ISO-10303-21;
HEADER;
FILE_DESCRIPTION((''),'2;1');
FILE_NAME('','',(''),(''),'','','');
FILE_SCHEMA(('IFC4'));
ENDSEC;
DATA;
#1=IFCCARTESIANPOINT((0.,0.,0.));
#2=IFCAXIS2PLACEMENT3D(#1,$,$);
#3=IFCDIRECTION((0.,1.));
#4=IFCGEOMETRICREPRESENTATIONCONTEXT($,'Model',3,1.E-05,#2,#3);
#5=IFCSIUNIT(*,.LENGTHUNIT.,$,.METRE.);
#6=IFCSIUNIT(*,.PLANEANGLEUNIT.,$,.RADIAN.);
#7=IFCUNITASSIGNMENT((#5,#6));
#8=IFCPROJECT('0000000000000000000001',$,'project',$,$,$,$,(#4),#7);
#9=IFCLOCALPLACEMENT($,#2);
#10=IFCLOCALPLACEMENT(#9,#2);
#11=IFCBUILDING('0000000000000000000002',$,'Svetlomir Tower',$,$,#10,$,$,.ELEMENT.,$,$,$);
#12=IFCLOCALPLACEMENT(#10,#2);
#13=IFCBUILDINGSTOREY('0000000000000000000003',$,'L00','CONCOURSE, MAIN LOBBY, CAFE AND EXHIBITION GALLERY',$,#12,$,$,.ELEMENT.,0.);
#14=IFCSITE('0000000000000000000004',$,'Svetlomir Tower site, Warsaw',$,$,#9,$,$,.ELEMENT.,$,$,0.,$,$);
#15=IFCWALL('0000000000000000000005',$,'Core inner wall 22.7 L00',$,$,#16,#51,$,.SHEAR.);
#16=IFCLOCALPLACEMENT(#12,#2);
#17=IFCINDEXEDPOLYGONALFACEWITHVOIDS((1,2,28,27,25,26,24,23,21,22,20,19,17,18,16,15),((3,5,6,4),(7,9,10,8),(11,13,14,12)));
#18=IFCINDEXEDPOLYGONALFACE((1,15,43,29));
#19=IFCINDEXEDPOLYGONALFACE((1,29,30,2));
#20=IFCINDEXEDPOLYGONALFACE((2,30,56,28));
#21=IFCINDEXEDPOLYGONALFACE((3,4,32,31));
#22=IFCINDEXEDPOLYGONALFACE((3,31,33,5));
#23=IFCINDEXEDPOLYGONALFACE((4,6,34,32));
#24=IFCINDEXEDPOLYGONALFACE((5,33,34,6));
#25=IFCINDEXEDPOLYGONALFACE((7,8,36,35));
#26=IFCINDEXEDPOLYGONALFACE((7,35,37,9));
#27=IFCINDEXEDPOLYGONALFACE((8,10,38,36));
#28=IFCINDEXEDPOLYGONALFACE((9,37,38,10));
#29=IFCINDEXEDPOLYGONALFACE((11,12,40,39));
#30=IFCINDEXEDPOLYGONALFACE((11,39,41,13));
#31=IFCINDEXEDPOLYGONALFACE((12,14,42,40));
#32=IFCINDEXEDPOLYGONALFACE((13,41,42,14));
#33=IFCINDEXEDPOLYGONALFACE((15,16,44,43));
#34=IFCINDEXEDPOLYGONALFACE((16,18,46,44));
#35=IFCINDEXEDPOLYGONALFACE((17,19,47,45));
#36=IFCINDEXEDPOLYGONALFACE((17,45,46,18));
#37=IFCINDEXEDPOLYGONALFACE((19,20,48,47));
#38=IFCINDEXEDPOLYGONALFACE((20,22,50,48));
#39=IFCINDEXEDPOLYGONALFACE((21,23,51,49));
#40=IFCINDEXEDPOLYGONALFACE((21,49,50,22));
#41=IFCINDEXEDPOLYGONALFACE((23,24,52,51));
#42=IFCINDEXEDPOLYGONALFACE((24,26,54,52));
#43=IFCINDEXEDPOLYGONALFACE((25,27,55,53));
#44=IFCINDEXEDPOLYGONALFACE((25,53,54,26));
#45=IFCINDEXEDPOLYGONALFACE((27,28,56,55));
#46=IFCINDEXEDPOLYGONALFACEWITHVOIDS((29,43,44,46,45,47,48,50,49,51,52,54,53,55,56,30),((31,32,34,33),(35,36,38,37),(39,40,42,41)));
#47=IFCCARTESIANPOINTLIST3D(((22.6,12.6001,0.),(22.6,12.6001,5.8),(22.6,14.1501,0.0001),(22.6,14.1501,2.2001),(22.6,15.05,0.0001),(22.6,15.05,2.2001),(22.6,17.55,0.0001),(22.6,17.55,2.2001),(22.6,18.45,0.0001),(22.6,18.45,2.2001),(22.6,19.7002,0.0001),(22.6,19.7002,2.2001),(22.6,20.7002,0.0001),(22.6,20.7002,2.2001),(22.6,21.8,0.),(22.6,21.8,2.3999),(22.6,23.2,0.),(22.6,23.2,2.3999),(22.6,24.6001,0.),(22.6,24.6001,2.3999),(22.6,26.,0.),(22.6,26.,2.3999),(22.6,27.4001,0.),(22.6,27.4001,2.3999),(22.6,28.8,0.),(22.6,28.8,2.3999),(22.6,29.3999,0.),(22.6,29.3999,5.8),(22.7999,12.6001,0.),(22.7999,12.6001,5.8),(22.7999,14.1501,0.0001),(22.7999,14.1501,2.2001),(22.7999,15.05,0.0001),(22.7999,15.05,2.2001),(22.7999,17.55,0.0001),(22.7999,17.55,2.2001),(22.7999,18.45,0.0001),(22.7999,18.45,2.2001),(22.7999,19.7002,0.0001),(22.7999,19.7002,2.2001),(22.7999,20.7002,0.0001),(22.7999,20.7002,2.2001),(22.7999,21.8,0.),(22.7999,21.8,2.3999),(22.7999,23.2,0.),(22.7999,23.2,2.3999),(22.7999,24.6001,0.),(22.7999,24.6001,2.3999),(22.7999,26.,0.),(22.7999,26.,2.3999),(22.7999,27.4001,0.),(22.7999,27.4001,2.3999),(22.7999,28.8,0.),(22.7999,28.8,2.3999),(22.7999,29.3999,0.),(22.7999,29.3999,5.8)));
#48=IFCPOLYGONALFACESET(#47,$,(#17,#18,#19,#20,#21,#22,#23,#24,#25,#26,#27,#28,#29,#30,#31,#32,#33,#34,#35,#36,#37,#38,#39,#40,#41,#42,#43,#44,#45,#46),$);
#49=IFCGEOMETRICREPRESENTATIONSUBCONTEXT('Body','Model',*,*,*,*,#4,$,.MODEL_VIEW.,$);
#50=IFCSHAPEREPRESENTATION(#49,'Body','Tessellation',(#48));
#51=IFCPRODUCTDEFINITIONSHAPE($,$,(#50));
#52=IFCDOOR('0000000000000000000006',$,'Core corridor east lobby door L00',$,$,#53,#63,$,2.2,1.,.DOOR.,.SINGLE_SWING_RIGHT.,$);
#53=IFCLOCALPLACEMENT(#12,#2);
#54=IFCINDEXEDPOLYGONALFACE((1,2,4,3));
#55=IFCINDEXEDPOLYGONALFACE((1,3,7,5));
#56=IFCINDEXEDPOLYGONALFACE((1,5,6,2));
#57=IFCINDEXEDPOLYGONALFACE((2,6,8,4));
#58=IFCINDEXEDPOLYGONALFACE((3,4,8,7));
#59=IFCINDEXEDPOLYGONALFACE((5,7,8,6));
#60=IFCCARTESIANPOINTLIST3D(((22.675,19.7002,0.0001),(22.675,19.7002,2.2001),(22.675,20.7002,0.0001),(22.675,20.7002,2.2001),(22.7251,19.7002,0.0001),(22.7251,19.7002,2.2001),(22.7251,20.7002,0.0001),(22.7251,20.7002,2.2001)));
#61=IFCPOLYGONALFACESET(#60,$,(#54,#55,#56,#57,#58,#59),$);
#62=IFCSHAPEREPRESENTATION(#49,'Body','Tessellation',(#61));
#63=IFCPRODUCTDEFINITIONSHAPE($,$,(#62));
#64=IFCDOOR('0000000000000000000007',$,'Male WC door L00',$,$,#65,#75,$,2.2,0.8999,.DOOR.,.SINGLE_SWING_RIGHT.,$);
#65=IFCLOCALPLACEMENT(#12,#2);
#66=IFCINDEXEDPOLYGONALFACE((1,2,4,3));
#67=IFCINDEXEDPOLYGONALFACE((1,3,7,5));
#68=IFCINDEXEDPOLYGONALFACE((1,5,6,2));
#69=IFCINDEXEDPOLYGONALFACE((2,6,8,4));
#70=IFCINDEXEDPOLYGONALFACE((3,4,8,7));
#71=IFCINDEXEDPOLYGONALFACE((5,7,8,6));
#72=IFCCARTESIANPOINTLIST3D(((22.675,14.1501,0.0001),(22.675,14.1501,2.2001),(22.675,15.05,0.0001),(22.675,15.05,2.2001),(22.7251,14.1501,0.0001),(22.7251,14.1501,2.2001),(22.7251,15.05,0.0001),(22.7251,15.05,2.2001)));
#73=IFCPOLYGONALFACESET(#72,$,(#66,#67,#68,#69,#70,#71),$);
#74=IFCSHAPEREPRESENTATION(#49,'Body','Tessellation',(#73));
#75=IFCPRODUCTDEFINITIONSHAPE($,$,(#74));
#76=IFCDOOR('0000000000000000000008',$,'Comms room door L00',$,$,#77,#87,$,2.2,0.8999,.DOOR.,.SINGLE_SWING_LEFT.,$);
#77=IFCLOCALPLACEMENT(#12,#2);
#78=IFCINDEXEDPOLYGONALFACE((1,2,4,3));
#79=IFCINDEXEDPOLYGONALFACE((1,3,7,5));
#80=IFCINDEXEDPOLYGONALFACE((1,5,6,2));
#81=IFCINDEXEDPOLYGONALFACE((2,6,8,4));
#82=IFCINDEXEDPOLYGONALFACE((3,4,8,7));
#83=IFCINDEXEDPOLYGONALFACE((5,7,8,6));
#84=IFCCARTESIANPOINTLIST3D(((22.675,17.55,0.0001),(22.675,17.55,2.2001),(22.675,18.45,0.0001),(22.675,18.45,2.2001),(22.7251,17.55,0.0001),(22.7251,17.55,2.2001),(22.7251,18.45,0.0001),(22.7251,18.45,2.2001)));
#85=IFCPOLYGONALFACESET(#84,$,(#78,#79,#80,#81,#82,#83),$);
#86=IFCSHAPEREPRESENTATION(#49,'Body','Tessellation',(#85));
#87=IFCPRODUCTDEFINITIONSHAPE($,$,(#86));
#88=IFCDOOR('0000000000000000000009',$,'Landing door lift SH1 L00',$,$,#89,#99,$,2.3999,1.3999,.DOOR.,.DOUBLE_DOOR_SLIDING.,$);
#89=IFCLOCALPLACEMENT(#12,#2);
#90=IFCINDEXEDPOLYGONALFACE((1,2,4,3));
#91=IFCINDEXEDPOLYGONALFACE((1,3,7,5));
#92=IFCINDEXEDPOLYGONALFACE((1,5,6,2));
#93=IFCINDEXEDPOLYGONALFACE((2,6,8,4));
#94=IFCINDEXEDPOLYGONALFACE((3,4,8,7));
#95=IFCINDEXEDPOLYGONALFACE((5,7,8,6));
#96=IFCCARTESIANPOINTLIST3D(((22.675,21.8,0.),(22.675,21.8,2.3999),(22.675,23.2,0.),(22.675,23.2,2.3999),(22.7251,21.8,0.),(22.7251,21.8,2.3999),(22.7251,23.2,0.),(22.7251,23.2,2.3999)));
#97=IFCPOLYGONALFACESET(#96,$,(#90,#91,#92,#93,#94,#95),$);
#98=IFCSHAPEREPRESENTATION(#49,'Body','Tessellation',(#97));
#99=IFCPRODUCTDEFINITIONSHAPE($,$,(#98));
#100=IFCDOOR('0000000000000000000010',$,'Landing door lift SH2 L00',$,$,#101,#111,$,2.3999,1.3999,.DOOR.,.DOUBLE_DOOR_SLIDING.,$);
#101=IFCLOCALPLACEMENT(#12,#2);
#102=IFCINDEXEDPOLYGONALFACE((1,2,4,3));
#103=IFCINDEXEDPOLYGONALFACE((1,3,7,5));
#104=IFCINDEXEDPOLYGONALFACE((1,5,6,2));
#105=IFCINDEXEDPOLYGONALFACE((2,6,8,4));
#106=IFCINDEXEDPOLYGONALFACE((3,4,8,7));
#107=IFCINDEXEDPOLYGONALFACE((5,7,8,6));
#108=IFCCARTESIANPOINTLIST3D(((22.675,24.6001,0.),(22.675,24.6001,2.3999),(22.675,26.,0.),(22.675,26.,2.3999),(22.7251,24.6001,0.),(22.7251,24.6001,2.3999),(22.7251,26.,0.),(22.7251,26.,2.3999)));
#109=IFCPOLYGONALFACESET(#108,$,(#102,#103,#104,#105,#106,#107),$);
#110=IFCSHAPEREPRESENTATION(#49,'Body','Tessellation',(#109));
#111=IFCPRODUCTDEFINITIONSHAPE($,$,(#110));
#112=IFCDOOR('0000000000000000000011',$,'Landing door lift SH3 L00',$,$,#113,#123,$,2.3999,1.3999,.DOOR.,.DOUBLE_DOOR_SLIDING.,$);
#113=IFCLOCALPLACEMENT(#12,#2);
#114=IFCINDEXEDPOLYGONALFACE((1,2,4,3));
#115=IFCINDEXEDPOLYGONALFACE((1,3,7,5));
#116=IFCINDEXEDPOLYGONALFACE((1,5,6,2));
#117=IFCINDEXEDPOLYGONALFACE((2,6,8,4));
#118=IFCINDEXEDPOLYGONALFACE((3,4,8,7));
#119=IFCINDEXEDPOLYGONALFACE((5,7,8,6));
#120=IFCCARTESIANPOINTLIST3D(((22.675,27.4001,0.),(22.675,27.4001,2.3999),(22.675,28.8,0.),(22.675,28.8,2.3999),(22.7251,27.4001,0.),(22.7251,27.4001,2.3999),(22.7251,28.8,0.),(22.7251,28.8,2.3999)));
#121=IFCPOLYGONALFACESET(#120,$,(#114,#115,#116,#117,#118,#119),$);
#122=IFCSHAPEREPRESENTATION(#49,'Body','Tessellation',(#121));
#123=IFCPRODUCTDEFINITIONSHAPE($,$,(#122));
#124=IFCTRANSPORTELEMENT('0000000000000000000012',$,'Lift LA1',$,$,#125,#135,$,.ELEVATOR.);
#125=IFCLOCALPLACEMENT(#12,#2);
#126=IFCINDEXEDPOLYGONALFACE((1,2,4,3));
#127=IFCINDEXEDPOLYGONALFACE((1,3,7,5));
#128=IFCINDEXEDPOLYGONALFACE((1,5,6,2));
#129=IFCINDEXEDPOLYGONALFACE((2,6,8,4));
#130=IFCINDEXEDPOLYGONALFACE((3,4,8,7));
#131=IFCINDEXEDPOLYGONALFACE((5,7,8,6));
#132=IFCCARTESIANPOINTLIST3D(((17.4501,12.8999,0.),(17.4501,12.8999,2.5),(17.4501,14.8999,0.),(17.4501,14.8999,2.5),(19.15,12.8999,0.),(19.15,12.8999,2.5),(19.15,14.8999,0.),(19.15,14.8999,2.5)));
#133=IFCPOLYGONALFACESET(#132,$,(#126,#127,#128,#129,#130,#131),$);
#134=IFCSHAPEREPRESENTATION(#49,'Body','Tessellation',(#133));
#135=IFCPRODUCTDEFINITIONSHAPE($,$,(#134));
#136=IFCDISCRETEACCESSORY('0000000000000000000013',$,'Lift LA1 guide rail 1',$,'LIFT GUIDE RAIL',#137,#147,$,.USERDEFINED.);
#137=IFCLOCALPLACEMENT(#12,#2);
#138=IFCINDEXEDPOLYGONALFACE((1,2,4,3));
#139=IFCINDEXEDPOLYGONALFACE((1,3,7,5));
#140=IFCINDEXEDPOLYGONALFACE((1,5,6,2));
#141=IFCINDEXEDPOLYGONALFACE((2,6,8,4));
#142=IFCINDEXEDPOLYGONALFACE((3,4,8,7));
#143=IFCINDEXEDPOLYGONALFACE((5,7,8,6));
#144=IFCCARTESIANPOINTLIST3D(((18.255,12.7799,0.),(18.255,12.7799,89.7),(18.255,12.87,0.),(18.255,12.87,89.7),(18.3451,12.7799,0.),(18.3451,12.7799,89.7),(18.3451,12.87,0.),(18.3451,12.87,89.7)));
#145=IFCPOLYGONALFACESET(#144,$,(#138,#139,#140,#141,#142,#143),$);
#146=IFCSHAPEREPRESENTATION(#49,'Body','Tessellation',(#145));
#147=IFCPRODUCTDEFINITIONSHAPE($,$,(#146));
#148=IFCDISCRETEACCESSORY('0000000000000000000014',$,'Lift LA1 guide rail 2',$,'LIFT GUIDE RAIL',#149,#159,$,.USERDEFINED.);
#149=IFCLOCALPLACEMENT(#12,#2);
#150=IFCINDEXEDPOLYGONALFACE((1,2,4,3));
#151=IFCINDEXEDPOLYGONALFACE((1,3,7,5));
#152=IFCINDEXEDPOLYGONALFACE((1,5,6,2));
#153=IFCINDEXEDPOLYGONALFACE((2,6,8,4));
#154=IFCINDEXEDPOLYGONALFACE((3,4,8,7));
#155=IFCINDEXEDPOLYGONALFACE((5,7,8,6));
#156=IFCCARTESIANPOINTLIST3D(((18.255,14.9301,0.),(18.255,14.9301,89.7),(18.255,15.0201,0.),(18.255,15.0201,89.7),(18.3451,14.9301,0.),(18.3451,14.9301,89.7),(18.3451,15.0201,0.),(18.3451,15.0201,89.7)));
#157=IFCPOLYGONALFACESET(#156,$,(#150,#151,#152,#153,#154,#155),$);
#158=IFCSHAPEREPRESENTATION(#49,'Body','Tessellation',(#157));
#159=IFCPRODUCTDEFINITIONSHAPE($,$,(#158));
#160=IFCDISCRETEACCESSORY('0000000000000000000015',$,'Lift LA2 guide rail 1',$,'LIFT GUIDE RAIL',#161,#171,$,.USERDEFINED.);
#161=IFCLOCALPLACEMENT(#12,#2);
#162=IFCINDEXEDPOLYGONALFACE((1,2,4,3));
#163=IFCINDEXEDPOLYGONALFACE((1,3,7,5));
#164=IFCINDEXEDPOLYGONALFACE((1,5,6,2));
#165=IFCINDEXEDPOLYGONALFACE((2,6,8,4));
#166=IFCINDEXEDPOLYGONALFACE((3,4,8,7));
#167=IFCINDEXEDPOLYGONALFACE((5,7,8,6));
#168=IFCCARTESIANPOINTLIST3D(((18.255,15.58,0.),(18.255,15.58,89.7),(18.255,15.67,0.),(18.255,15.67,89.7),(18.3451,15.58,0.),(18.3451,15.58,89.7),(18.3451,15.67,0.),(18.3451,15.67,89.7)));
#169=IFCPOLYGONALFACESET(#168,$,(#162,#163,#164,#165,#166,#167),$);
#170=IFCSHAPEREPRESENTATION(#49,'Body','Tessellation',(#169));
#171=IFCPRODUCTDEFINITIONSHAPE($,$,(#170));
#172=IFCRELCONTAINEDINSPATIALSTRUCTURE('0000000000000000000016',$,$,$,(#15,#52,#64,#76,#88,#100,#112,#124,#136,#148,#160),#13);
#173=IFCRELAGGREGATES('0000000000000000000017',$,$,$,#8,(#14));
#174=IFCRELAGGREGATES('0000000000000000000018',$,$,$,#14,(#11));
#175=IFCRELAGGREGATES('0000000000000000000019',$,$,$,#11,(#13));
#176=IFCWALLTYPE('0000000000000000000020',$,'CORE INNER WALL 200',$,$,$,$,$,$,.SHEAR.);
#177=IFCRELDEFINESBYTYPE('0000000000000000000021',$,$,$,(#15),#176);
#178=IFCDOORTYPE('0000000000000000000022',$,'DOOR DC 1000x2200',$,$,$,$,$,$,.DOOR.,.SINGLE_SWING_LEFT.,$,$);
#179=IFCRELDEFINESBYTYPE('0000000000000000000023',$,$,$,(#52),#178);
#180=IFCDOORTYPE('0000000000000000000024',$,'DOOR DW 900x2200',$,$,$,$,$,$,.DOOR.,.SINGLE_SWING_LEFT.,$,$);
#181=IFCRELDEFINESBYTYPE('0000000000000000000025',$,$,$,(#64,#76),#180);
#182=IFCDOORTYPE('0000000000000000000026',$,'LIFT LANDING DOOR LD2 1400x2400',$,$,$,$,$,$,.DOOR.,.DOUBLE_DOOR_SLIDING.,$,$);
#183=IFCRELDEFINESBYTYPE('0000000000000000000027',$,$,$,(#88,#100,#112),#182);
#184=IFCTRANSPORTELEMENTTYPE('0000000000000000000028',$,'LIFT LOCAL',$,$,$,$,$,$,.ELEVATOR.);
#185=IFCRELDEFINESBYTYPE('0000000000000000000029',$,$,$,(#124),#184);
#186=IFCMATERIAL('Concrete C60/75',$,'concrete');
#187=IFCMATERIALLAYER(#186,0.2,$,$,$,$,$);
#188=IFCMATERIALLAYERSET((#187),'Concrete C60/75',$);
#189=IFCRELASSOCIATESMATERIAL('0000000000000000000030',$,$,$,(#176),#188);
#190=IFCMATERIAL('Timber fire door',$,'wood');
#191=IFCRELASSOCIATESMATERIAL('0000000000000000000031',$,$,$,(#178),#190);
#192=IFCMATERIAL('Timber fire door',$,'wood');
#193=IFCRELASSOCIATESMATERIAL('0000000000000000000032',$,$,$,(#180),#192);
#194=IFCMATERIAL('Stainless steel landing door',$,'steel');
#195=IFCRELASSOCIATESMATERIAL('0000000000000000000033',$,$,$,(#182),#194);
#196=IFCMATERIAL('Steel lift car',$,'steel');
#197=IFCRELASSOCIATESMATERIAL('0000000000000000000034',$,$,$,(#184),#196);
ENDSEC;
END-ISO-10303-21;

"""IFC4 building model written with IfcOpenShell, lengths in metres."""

from ifc_helpers import new_model, si_unit, direction, frame, frame_2d, origin, origin_2d, place, context, subcontext, project, spatial, rectangle, extrude, material, layer, layer_set, type_object, element, fill, save


model = new_model("IFC4")

# Units and contexts
model_context = context("Model", 3, precision=1e-05, world=origin(), true_north=direction((0.0, 1.0)))
body_context = subcontext(model_context, "Body", "Model", "MODEL_VIEW")
ifc_project = project(units=[si_unit("LENGTHUNIT", "METRE"), si_unit("PLANEANGLEUNIT", "RADIAN")], contexts=[model_context])

# Site, building, storey
site_placement = place(None, origin())
site = spatial("IfcSite", under=ifc_project, at=site_placement, Name="Svetlomir Tower site, Warsaw", CompositionType="ELEMENT", RefElevation=0.0)
building_placement = place(site_placement, origin())
building = spatial("IfcBuilding", under=site, at=building_placement, Name="Svetlomir Tower", CompositionType="ELEMENT")
storey_placement = place(building_placement, origin())
storey = spatial("IfcBuildingStorey", under=building, at=storey_placement, Name="L00", Description="CONCOURSE, MAIN LOBBY, CAFE AND EXHIBITION GALLERY", CompositionType="ELEMENT", Elevation=0.0)

# Wall, openings, doors
ifc_material_1 = material(Name="Concrete C60/75", Category="concrete")
ifc_layer = layer(ifc_material_1, 0.2)
ifc_layer_set = layer_set([ifc_layer], Name="Concrete C60/75")
wall_type = type_object("IfcWallType", Name="CORE INNER WALL 200", PredefinedType="SHEAR", material=ifc_layer_set)
ifc_material_2 = material(Name="Timber fire door", Category="wood")
door_type_1 = type_object("IfcDoorType", Name="DOOR DC 1000x2200", OperationType="SINGLE_SWING_LEFT", PredefinedType="DOOR", material=ifc_material_2)
ifc_material_3 = material(Name="Timber fire door", Category="wood")
door_type_2 = type_object("IfcDoorType", Name="DOOR DW 900x2200", OperationType="SINGLE_SWING_LEFT", PredefinedType="DOOR", material=ifc_material_3)
wall_1_placement = place(storey_placement, frame((22.7, 12.6001, 0.0), z_axis=(0.0, 0.0, 1.0), x_axis=(0.0, 1.0, 0.0)))
wall_1 = element("IfcWall", 1, at=wall_1_placement, inside=storey, type_object=wall_type, Name="Core inner wall 22.7 L00", PredefinedType="SHEAR", context=body_context, shape_type="SweptSolid", body=[
    extrude(rectangle(XDim=16.7998, YDim=0.2, at=frame_2d((8.3999, 0.0))), origin(), (0.0, 0.0, 1.0), 5.8),
])
opening_1_placement = place(wall_1_placement, frame((7.1001, 0.0, 0.0)))
opening_1 = element("IfcOpeningElement", 2, at=opening_1_placement, cuts=wall_1, PredefinedType="OPENING", context=body_context, shape_type="SweptSolid", body=[
    extrude(rectangle(XDim=1.0, YDim=2.2, at=frame_2d((0.5, 1.1001))), frame((0.0, 0.1099, 0.0), z_axis=(0.0, -1.0, 0.0), x_axis=(1.0, 0.0, 0.0)), (0.0, 0.0, 1.0), 0.22),
])
opening_2_placement = place(wall_1_placement, frame((1.55, 0.0, 0.0)))
opening_2 = element("IfcOpeningElement", 3, at=opening_2_placement, cuts=wall_1, PredefinedType="OPENING", context=body_context, shape_type="SweptSolid", body=[
    extrude(rectangle(XDim=0.8999, YDim=2.2, at=frame_2d((0.45, 1.1001))), frame((0.0, 0.1099, 0.0), z_axis=(0.0, -1.0, 0.0), x_axis=(1.0, 0.0, 0.0)), (0.0, 0.0, 1.0), 0.22),
])
opening_3_placement = place(wall_1_placement, frame((4.95, 0.0, 0.0)))
opening_3 = element("IfcOpeningElement", 4, at=opening_3_placement, cuts=wall_1, PredefinedType="OPENING", context=body_context, shape_type="SweptSolid", body=[
    extrude(rectangle(XDim=0.8999, YDim=2.2, at=frame_2d((0.45, 1.1001))), frame((0.0, 0.1099, 0.0), z_axis=(0.0, -1.0, 0.0), x_axis=(1.0, 0.0, 0.0)), (0.0, 0.0, 1.0), 0.22),
])
opening_4_placement = place(wall_1_placement, frame((9.2, 0.0, 0.0)))
opening_4 = element("IfcOpeningElement", 5, at=opening_4_placement, cuts=wall_1, PredefinedType="OPENING", context=body_context, shape_type="SweptSolid", body=[
    extrude(rectangle(XDim=1.3999, YDim=2.3999, at=frame_2d((0.7, 1.2))), frame((0.0, 0.1099, 0.0), z_axis=(0.0, -1.0, 0.0), x_axis=(1.0, 0.0, 0.0)), (0.0, 0.0, 1.0), 0.22),
])
opening_5_placement = place(wall_1_placement, frame((12.0, 0.0, 0.0)))
opening_5 = element("IfcOpeningElement", 6, at=opening_5_placement, cuts=wall_1, PredefinedType="OPENING", context=body_context, shape_type="SweptSolid", body=[
    extrude(rectangle(XDim=1.3999, YDim=2.3999, at=frame_2d((0.7, 1.2))), frame((0.0, 0.1099, 0.0), z_axis=(0.0, -1.0, 0.0), x_axis=(1.0, 0.0, 0.0)), (0.0, 0.0, 1.0), 0.22),
])
opening_6_placement = place(wall_1_placement, frame((14.8, 0.0, 0.0)))
opening_6 = element("IfcOpeningElement", 7, at=opening_6_placement, cuts=wall_1, PredefinedType="OPENING", context=body_context, shape_type="SweptSolid", body=[
    extrude(rectangle(XDim=1.3999, YDim=2.3999, at=frame_2d((0.7, 1.2))), frame((0.0, 0.1099, 0.0), z_axis=(0.0, -1.0, 0.0), x_axis=(1.0, 0.0, 0.0)), (0.0, 0.0, 1.0), 0.22),
])
door_1_placement = place(opening_1_placement, origin())
door_1 = element("IfcDoor", 8, at=door_1_placement, inside=storey, type_object=door_type_1, Name="Core corridor east lobby door L00", OperationType="SINGLE_SWING_RIGHT", OverallHeight=2.2, OverallWidth=1.0, PredefinedType="DOOR", context=body_context, shape_type="SweptSolid", body=[
    extrude(rectangle(XDim=1.0, YDim=2.2, at=frame_2d((0.5, 1.1001))), frame((0.0, 0.0249, 0.0), z_axis=(0.0, -1.0, 0.0), x_axis=(1.0, 0.0, 0.0)), (0.0, 0.0, 1.0), 0.05),
])
fill(opening_1, door_1)
door_2_placement = place(opening_2_placement, origin())
door_2 = element("IfcDoor", 9, at=door_2_placement, inside=storey, type_object=door_type_2, Name="Male WC door L00", OperationType="SINGLE_SWING_RIGHT", OverallHeight=2.2, OverallWidth=0.8999, PredefinedType="DOOR", context=body_context, shape_type="SweptSolid", body=[
    extrude(rectangle(XDim=0.8999, YDim=2.2, at=frame_2d((0.45, 1.1001))), frame((0.0, 0.0249, 0.0), z_axis=(0.0, -1.0, 0.0), x_axis=(1.0, 0.0, 0.0)), (0.0, 0.0, 1.0), 0.05),
])
fill(opening_2, door_2)
door_3_placement = place(opening_3_placement, origin())
door_3 = element("IfcDoor", 10, at=door_3_placement, inside=storey, type_object=door_type_2, Name="Comms room door L00", OperationType="SINGLE_SWING_LEFT", OverallHeight=2.2, OverallWidth=0.8999, PredefinedType="DOOR", context=body_context, shape_type="SweptSolid", body=[
    extrude(rectangle(XDim=0.8999, YDim=2.2, at=frame_2d((0.45, 1.1001))), frame((0.0, 0.0249, 0.0), z_axis=(0.0, -1.0, 0.0), x_axis=(1.0, 0.0, 0.0)), (0.0, 0.0, 1.0), 0.05),
])
fill(opening_3, door_3)
ifc_material_4 = material(Name="Stainless steel landing door", Category="steel")
door_type_3 = type_object("IfcDoorType", Name="LIFT LANDING DOOR LD2 1400x2400", OperationType="DOUBLE_DOOR_SLIDING", PredefinedType="DOOR", material=ifc_material_4)
door_4_placement = place(opening_4_placement, origin())
door_4 = element("IfcDoor", 11, at=door_4_placement, inside=storey, type_object=door_type_3, Name="Landing door lift SH1 L00", OperationType="DOUBLE_DOOR_SLIDING", OverallHeight=2.3999, OverallWidth=1.3999, PredefinedType="DOOR", context=body_context, shape_type="SweptSolid", body=[
    extrude(rectangle(XDim=1.3999, YDim=2.3999, at=frame_2d((0.7, 1.2))), frame((0.0, 0.0249, 0.0), z_axis=(0.0, -1.0, 0.0), x_axis=(1.0, 0.0, 0.0)), (0.0, 0.0, 1.0), 0.05),
])
fill(opening_4, door_4)
door_5_placement = place(opening_5_placement, origin())
door_5 = element("IfcDoor", 12, at=door_5_placement, inside=storey, type_object=door_type_3, Name="Landing door lift SH2 L00", OperationType="DOUBLE_DOOR_SLIDING", OverallHeight=2.3999, OverallWidth=1.3999, PredefinedType="DOOR", context=body_context, shape_type="SweptSolid", body=[
    extrude(rectangle(XDim=1.3999, YDim=2.3999, at=frame_2d((0.7, 1.2))), frame((0.0, 0.0249, 0.0), z_axis=(0.0, -1.0, 0.0), x_axis=(1.0, 0.0, 0.0)), (0.0, 0.0, 1.0), 0.05),
])
fill(opening_5, door_5)
door_6_placement = place(opening_6_placement, origin())
door_6 = element("IfcDoor", 13, at=door_6_placement, inside=storey, type_object=door_type_3, Name="Landing door lift SH3 L00", OperationType="DOUBLE_DOOR_SLIDING", OverallHeight=2.3999, OverallWidth=1.3999, PredefinedType="DOOR", context=body_context, shape_type="SweptSolid", body=[
    extrude(rectangle(XDim=1.3999, YDim=2.3999, at=frame_2d((0.7, 1.2))), frame((0.0, 0.0249, 0.0), z_axis=(0.0, -1.0, 0.0), x_axis=(1.0, 0.0, 0.0)), (0.0, 0.0, 1.0), 0.05),
])
fill(opening_6, door_6)

# Transport element
ifc_material_5 = material(Name="Steel lift car", Category="steel")
transport_element_type = type_object("IfcTransportElementType", Name="LIFT LOCAL", PredefinedType="ELEVATOR", material=ifc_material_5)
transport_element_placement = place(storey_placement, frame((18.3, 13.8999, 0.0), z_axis=(0.0, 0.0, 1.0), x_axis=(1.0, 0.0, 0.0)))
element("IfcTransportElement", 14, at=transport_element_placement, inside=storey, type_object=transport_element_type, Name="Lift LA1", PredefinedType="ELEVATOR", context=body_context, shape_type="SweptSolid", body=[
    extrude(rectangle(XDim=1.7, YDim=2.0, at=origin_2d()), origin(), (0.0, 0.0, 1.0), 2.5),
])

# Discrete accessories
for number, where, z_axis, x_axis, name in (
    (15, (18.3, 12.825, 0.0), (0.0, 0.0, 1.0), (1.0, 0.0, 0.0), "Lift LA1 guide rail 1"),
    (16, (18.3, 14.9751, 0.0), (0.0, 0.0, 1.0), (1.0, 0.0, 0.0), "Lift LA1 guide rail 2"),
    (17, (18.3, 15.625, 0.0), (0.0, 0.0, 1.0), (1.0, 0.0, 0.0), "Lift LA2 guide rail 1"),
):
    element("IfcDiscreteAccessory", number, at=place(storey_placement, frame(where, z_axis=z_axis, x_axis=x_axis)), inside=storey, Name=name, ObjectType="LIFT GUIDE RAIL", PredefinedType="USERDEFINED", context=body_context, shape_type="SweptSolid", body=[
        extrude(rectangle(XDim=0.0901, YDim=0.0901, at=origin_2d()), origin(), (0.0, 0.0, 1.0), 89.7),
    ])

save(model, "model.ifc")
